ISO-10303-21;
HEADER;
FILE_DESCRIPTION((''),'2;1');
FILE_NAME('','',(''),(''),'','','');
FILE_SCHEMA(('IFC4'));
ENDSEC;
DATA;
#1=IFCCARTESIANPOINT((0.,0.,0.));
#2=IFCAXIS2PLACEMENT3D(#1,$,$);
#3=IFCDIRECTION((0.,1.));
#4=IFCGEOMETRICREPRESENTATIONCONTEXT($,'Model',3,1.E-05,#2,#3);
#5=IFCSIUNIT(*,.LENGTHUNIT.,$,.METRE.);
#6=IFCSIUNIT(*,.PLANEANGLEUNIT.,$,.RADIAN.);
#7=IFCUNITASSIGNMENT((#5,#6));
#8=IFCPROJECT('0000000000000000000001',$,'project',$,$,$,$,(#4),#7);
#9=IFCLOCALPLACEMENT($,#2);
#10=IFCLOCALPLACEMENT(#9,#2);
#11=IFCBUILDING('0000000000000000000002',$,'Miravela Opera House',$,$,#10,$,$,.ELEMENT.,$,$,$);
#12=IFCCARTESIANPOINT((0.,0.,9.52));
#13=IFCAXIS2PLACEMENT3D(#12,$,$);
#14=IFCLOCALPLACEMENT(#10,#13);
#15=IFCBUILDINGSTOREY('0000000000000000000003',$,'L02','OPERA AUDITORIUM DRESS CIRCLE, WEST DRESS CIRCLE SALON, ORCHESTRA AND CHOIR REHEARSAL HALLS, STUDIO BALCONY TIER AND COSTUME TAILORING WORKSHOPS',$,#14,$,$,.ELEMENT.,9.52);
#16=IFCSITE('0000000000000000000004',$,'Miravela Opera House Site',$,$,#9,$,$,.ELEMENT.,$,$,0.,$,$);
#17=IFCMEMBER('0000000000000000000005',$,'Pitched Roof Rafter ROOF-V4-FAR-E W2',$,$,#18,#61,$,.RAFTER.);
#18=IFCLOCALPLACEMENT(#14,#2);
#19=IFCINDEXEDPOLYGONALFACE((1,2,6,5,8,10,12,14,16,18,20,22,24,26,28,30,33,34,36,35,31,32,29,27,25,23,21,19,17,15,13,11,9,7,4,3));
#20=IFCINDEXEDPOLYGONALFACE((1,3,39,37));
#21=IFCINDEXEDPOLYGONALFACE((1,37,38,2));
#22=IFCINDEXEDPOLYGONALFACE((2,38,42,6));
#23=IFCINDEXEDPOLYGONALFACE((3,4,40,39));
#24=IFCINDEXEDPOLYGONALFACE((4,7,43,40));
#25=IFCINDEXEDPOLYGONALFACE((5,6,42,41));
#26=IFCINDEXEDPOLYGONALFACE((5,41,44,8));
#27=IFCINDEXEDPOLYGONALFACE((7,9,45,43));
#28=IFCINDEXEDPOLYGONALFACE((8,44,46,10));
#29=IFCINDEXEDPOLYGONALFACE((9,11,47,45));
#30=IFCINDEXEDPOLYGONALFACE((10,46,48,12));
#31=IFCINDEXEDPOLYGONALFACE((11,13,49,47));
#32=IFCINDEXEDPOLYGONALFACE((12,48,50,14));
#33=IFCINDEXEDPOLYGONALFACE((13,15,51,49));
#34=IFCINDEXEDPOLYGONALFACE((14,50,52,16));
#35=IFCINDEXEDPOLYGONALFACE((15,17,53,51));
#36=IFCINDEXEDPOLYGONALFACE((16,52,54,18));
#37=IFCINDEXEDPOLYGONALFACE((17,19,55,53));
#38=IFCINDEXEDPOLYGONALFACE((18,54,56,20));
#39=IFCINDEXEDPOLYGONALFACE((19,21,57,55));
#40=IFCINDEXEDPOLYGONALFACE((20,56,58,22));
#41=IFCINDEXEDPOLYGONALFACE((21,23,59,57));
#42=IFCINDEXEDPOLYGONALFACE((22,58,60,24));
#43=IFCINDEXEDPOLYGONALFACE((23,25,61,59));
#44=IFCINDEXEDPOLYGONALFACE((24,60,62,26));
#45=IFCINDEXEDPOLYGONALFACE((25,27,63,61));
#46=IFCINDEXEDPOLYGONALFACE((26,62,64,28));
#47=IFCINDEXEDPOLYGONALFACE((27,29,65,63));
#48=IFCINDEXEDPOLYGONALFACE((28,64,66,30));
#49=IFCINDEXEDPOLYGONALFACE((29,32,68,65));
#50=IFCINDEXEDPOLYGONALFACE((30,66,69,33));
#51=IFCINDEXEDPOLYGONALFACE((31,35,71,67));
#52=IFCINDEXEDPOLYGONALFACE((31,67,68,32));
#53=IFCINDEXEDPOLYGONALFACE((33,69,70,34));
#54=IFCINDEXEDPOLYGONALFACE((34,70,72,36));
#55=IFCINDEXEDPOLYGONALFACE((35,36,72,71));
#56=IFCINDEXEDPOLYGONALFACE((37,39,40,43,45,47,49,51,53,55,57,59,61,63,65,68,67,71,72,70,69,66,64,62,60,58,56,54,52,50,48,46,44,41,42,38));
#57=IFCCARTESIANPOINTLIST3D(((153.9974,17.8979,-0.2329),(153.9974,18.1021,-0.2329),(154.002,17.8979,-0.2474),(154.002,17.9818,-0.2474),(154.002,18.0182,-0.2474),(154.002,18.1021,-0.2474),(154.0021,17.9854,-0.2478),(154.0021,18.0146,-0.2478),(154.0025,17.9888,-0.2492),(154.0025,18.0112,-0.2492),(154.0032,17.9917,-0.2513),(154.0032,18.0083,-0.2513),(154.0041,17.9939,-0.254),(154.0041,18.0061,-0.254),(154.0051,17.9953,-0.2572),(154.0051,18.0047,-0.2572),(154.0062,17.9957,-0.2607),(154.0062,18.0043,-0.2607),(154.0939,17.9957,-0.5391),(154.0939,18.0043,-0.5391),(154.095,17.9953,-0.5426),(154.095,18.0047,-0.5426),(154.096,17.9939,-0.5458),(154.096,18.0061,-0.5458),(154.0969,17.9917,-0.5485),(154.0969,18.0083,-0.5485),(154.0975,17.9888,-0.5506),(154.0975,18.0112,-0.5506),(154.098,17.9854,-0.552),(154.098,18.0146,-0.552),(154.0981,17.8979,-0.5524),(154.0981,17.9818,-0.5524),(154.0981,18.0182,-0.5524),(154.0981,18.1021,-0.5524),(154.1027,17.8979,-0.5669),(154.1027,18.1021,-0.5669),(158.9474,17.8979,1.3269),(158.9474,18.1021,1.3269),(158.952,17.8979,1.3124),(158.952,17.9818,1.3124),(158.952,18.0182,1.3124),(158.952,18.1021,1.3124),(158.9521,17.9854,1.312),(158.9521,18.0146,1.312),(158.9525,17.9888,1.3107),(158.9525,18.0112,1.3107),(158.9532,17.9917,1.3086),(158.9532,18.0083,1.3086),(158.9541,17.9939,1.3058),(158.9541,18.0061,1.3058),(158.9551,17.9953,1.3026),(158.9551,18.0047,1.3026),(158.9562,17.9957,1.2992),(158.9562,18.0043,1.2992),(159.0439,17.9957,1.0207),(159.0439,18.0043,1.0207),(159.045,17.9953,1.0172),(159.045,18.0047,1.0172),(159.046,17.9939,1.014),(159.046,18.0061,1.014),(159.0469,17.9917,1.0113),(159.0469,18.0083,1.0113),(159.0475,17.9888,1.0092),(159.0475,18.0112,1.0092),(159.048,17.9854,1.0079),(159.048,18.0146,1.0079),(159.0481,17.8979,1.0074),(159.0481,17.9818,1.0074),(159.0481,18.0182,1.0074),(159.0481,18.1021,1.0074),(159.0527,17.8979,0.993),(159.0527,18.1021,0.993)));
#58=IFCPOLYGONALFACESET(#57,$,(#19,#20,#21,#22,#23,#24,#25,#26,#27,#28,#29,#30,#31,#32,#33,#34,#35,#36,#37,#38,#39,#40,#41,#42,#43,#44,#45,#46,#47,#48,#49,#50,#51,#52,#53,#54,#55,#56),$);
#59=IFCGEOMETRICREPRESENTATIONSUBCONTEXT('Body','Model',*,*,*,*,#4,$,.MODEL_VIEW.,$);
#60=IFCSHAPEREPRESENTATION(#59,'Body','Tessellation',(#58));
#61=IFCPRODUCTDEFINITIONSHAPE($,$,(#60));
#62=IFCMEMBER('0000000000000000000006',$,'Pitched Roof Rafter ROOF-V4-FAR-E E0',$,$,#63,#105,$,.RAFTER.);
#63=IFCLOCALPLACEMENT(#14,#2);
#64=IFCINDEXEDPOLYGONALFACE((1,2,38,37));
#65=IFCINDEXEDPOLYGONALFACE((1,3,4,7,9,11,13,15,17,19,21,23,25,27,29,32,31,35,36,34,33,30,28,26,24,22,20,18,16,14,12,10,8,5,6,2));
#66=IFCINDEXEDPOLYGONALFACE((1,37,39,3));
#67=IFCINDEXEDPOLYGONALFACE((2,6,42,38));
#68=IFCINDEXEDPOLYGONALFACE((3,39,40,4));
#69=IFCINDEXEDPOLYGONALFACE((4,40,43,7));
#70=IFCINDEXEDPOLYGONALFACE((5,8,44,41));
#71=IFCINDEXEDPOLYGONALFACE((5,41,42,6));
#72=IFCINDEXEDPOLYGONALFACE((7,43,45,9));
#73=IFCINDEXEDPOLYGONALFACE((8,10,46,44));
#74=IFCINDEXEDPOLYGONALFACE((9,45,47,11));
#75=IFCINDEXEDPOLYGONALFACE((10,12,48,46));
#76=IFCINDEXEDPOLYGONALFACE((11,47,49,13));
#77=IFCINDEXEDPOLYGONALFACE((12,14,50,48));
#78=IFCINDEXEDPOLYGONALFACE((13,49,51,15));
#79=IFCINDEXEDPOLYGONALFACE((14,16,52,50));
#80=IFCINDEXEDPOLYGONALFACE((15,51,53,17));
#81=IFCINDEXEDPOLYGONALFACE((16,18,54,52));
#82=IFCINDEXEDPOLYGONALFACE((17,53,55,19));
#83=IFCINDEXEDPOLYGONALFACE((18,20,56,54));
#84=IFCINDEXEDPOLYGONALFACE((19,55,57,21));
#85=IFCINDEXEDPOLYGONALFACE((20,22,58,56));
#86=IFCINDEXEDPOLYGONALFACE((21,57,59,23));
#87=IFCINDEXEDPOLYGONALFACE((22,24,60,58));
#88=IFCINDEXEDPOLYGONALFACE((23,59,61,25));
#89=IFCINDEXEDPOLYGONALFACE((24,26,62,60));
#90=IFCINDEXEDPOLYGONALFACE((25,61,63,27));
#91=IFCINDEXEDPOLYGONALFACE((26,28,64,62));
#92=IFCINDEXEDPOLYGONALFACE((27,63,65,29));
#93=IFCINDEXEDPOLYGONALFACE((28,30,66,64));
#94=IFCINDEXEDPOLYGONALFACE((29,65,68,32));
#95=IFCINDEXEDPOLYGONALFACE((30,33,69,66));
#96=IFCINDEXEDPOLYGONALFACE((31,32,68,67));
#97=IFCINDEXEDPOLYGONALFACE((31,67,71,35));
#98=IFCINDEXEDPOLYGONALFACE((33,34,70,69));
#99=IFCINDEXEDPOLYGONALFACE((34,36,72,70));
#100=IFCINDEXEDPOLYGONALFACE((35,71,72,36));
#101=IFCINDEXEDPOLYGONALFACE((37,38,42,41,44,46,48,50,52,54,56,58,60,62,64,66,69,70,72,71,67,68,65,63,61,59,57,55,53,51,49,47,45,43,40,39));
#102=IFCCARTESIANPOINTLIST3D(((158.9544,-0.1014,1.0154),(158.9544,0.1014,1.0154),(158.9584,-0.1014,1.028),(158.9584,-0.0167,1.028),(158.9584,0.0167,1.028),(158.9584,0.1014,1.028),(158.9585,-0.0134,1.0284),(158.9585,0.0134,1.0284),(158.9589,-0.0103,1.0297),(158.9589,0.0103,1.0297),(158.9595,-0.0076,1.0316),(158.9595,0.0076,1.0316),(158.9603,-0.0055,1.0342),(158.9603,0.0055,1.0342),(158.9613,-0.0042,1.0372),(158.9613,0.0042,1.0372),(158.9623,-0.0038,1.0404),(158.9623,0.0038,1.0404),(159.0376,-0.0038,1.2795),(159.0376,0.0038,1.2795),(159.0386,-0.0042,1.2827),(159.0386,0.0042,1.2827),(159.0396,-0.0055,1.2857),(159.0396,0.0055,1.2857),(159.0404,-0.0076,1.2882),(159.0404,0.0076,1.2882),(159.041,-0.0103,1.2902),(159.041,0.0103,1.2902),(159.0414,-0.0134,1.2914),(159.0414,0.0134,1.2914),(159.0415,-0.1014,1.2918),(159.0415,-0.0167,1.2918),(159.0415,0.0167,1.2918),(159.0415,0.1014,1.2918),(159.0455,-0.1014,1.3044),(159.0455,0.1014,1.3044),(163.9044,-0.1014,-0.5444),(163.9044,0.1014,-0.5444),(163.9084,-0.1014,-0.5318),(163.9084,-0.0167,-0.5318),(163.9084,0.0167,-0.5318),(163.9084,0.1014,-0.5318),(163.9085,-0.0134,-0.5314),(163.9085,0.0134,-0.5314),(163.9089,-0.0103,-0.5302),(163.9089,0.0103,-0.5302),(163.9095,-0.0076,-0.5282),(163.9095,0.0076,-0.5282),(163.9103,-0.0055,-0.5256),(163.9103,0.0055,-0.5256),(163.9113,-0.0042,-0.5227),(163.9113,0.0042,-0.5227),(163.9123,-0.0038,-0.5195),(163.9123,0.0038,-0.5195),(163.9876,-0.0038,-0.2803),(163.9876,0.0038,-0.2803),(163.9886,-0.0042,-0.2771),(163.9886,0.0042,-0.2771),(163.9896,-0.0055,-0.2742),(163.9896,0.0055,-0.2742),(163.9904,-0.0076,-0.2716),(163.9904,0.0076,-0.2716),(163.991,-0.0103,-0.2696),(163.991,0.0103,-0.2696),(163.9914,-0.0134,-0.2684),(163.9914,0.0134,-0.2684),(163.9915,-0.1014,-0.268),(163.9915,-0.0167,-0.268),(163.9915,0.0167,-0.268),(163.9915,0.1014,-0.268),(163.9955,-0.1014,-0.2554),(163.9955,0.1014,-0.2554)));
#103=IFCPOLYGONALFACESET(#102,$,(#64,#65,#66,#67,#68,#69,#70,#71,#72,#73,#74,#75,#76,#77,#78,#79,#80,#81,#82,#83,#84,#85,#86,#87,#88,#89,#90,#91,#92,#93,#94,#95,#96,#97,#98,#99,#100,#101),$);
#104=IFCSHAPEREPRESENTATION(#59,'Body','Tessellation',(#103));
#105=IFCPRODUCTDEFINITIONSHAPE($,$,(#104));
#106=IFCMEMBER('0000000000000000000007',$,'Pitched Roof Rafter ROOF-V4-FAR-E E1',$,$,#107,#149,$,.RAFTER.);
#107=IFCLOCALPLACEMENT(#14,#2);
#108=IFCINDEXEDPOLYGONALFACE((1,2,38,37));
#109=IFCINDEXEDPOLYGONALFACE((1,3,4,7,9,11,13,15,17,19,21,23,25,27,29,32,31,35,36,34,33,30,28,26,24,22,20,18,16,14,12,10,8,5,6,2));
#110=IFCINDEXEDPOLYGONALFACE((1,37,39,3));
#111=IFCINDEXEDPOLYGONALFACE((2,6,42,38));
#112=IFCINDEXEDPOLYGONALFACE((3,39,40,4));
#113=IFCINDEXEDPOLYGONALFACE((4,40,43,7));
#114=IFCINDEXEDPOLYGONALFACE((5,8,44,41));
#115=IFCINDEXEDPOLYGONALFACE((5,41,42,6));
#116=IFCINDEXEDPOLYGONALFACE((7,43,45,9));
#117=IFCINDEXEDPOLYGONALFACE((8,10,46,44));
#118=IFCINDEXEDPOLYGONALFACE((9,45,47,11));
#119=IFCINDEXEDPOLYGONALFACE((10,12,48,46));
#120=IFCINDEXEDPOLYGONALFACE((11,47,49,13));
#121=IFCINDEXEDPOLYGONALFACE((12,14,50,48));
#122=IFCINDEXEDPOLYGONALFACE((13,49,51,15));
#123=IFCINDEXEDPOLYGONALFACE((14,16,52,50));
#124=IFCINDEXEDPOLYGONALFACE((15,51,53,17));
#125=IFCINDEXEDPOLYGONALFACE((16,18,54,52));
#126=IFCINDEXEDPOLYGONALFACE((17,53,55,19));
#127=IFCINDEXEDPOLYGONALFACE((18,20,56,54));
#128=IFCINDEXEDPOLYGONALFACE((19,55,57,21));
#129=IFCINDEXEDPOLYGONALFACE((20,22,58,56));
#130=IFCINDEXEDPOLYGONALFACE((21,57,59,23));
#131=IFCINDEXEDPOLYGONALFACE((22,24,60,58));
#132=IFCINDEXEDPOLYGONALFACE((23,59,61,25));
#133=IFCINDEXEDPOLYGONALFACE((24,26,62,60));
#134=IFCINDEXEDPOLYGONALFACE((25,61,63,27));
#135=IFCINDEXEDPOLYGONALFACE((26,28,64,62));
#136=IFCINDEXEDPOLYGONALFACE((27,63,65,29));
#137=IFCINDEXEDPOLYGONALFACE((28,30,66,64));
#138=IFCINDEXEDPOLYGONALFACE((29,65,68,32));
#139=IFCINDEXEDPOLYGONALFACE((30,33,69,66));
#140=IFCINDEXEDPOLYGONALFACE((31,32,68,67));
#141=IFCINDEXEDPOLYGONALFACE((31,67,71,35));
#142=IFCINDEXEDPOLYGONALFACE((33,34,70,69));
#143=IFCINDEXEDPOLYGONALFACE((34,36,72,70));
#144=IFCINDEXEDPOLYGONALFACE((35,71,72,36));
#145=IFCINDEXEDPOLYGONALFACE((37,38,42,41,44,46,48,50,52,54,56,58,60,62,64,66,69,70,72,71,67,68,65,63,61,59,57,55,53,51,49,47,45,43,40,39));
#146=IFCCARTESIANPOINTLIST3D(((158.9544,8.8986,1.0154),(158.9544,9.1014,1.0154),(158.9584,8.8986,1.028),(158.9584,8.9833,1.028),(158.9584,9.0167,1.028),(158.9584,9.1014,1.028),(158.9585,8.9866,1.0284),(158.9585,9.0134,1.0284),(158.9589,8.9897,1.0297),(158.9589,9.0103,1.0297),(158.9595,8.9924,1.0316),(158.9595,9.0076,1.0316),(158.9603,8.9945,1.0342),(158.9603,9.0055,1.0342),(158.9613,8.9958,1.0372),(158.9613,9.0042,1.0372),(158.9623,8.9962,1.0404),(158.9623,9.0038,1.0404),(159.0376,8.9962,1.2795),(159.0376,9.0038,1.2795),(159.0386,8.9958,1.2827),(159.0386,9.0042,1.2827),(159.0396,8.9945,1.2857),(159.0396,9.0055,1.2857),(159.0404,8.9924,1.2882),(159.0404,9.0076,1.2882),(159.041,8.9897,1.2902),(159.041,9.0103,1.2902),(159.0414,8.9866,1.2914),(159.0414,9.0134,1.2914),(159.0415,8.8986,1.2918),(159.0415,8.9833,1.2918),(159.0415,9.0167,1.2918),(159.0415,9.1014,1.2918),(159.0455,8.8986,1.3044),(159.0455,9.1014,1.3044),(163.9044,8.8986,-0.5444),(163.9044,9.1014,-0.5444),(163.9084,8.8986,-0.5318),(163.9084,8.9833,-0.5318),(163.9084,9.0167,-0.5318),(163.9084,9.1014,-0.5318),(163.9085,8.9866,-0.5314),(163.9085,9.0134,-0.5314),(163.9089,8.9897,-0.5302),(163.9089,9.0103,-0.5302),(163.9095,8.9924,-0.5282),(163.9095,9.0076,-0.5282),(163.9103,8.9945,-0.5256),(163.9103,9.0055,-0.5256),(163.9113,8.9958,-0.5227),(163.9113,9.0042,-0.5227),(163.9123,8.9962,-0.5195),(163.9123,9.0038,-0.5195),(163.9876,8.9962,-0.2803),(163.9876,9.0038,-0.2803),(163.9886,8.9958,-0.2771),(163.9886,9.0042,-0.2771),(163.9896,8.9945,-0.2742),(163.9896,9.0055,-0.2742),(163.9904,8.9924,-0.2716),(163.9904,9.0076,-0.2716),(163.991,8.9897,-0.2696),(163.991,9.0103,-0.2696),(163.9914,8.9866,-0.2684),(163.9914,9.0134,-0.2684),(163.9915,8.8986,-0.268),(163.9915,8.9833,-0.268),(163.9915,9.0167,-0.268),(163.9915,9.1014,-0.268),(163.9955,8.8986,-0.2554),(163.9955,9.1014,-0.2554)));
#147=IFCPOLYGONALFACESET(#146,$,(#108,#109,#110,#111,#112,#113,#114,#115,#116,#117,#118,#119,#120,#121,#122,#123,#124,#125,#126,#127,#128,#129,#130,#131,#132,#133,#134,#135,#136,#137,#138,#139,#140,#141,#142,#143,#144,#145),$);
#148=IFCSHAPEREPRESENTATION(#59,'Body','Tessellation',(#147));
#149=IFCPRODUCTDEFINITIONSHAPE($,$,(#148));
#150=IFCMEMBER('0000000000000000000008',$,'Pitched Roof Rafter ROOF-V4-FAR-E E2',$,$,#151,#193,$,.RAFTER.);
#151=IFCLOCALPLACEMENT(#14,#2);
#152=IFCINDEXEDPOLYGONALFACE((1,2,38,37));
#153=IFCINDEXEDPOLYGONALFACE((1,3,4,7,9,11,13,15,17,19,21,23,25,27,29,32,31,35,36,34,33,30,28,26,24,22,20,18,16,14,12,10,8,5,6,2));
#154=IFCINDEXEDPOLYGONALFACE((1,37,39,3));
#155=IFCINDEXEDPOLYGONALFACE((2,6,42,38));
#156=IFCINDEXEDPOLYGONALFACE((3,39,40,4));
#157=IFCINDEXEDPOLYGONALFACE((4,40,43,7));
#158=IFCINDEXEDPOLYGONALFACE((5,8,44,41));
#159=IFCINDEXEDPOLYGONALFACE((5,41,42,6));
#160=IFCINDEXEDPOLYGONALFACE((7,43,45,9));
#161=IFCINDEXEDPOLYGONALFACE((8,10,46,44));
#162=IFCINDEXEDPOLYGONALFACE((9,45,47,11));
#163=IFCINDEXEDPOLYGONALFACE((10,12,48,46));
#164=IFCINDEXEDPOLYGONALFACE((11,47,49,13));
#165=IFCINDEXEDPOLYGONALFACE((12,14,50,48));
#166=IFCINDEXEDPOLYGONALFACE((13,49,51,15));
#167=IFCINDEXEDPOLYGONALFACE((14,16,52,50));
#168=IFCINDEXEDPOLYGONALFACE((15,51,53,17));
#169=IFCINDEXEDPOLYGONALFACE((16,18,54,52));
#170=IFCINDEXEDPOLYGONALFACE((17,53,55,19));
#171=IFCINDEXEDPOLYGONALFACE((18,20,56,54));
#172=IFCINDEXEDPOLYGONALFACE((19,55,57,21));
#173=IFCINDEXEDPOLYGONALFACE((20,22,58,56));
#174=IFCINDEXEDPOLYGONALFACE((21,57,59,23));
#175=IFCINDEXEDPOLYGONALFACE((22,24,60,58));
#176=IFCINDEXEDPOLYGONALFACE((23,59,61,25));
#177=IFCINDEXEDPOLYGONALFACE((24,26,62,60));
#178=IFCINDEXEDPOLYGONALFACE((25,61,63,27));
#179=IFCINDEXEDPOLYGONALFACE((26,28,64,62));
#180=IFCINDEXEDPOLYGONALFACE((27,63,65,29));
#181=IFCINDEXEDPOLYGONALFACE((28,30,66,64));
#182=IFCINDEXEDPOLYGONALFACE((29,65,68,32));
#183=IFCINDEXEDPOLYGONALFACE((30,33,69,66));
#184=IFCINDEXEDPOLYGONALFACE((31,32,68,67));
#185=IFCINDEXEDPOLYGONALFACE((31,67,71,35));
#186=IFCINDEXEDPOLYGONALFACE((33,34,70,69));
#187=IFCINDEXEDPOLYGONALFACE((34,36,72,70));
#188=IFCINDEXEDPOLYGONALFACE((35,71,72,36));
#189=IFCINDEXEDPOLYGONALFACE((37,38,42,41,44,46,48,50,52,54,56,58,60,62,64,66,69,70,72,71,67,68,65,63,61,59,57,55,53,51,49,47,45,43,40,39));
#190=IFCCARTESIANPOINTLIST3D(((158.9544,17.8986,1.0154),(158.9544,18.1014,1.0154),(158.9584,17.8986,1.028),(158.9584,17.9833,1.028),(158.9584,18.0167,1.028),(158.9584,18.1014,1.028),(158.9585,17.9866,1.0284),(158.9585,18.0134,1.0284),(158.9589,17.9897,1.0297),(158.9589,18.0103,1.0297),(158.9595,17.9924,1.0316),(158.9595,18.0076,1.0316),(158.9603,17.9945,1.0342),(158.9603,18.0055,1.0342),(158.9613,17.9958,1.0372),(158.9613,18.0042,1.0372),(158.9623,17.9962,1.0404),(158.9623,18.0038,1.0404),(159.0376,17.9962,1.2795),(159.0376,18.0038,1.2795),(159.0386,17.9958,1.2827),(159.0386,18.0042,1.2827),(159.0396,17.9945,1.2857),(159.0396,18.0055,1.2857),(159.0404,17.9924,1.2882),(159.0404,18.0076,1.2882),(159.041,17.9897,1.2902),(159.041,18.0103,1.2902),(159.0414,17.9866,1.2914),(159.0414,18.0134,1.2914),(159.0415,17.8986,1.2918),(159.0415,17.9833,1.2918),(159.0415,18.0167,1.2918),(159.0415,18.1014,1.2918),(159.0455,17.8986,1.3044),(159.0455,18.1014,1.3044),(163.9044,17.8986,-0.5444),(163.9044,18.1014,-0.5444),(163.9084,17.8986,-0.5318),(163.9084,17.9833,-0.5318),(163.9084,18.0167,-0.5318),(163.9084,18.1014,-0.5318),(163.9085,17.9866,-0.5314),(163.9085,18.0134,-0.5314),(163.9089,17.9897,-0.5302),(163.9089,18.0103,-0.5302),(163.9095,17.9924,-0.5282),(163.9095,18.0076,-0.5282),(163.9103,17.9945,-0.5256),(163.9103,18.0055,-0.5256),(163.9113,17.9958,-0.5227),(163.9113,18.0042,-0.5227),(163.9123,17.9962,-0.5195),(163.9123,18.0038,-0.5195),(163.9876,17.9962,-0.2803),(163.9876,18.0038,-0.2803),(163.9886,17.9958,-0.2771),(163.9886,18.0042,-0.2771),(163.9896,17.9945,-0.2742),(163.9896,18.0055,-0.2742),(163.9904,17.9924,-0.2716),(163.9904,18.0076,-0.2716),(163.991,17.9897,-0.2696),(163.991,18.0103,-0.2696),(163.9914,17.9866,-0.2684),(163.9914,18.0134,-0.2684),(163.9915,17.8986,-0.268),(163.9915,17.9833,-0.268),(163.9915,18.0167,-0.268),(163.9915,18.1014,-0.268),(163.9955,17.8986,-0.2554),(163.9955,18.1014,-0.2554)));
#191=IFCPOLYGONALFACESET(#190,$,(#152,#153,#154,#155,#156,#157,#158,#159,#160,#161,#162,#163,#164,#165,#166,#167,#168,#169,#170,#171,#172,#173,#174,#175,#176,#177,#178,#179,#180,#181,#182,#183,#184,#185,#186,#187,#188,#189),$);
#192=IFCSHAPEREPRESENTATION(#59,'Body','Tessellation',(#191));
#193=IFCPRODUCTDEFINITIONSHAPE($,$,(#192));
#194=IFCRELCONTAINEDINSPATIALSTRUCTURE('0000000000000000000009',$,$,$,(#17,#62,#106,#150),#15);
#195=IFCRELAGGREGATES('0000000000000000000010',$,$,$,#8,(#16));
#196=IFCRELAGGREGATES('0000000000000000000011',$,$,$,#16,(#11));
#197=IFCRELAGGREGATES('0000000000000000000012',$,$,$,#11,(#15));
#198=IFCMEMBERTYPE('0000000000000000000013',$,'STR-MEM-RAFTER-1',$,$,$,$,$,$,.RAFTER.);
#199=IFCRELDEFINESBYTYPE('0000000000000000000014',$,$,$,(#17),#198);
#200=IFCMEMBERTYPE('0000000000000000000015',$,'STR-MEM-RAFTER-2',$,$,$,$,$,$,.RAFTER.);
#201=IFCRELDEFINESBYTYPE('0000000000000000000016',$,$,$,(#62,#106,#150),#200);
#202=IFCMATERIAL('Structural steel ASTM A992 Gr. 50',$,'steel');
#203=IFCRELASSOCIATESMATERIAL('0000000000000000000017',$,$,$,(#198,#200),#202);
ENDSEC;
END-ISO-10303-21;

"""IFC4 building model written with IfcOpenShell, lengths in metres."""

from ifc_helpers import new_model, si_unit, direction, frame, origin, origin_2d, place, context, subcontext, project, spatial, i_section, extrude, material, material_profile, profile_set, type_object, element, save


model = new_model("IFC4")

# Units and contexts
model_context = context("Model", 3, precision=1e-05, world=origin(), true_north=direction((0.0, 1.0)))
body_context = subcontext(model_context, "Body", "Model", "MODEL_VIEW")
ifc_project = project(units=[si_unit("LENGTHUNIT", "METRE"), si_unit("PLANEANGLEUNIT", "RADIAN")], contexts=[model_context])

# Site, building, storey
site_placement = place(None, origin())
site = spatial("IfcSite", under=ifc_project, at=site_placement, Name="Miravela Opera House Site", CompositionType="ELEMENT", RefElevation=0.0)
building_placement = place(site_placement, origin())
building = spatial("IfcBuilding", under=site, at=building_placement, Name="Miravela Opera House", CompositionType="ELEMENT")
storey_placement = place(building_placement, frame((0.0, 0.0, 9.52)))
storey = spatial("IfcBuildingStorey", under=building, at=storey_placement, Name="L02", Description="OPERA AUDITORIUM DRESS CIRCLE, WEST DRESS CIRCLE SALON, ORCHESTRA AND CHOIR REHEARSAL HALLS, STUDIO BALCONY TIER AND COSTUME TAILORING WORKSHOPS", CompositionType="ELEMENT", Elevation=9.52)

# Shared definitions
ifc_material_1 = material(Name="Structural steel ASTM A992 Gr. 50", Category="steel")

# Members
ifc_material_profile_1 = material_profile(ifc_material_1, i_section(OverallWidth=0.2041, OverallDepth=0.3501, WebThickness=0.0085, FlangeThickness=0.0151, FilletRadius=0.0139, at=origin_2d()), Name="W360X72")
ifc_profile_set_1 = profile_set([ifc_material_profile_1])
member_type_1 = type_object("IfcMemberType", Name="STR-MEM-RAFTER-1", PredefinedType="RAFTER", material=ifc_profile_set_1)
for number, where, z_axis, x_axis, name in (
    (1, (154.05, 18.0, -0.3999), (0.953767, 0.0, 0.300548), (0.0, 1.0, 0.0), "Pitched Roof Rafter ROOF-V4-FAR-E W2"),
):
    element("IfcMember", number, at=place(storey_placement, frame(where, z_axis=z_axis, x_axis=x_axis)), inside=storey, type_object=member_type_1, Name=name, PredefinedType="RAFTER", context=body_context, shape_type="SweptSolid", body=[
        extrude(i_section(OverallWidth=0.2041, OverallDepth=0.3501, WebThickness=0.0085, FlangeThickness=0.0151, FilletRadius=0.0139, at=origin_2d()), origin(), (0.0, 0.0, 1.0), 5.1899),
    ])
ifc_material_profile_2 = material_profile(ifc_material_1, i_section(OverallWidth=0.2029, OverallDepth=0.303, WebThickness=0.0076, FlangeThickness=0.0132, FilletRadius=0.0129, at=origin_2d()), Name="W310X60")
ifc_profile_set_2 = profile_set([ifc_material_profile_2])
member_type_2 = type_object("IfcMemberType", Name="STR-MEM-RAFTER-2", PredefinedType="RAFTER", material=ifc_profile_set_2)
for number, where, z_axis, x_axis, name in (
    (2, (163.95, 0.0, -0.3999), (-0.953767, 0.0, 0.300548), (0.0, -1.0, 0.0), "Pitched Roof Rafter ROOF-V4-FAR-E E0"),
    (3, (163.95, 9.0, -0.3999), (-0.953767, 0.0, 0.300548), (0.0, -1.0, 0.0), "Pitched Roof Rafter ROOF-V4-FAR-E E1"),
    (4, (163.95, 18.0, -0.3999), (-0.953767, 0.0, 0.300548), (0.0, -1.0, 0.0), "Pitched Roof Rafter ROOF-V4-FAR-E E2"),
):
    element("IfcMember", number, at=place(storey_placement, frame(where, z_axis=z_axis, x_axis=x_axis)), inside=storey, type_object=member_type_2, Name=name, PredefinedType="RAFTER", context=body_context, shape_type="SweptSolid", body=[
        extrude(i_section(OverallWidth=0.2029, OverallDepth=0.303, WebThickness=0.0076, FlangeThickness=0.0132, FilletRadius=0.0129, at=origin_2d()), origin(), (0.0, 0.0, 1.0), 5.1899),
    ])

save(model, "model.ifc")
